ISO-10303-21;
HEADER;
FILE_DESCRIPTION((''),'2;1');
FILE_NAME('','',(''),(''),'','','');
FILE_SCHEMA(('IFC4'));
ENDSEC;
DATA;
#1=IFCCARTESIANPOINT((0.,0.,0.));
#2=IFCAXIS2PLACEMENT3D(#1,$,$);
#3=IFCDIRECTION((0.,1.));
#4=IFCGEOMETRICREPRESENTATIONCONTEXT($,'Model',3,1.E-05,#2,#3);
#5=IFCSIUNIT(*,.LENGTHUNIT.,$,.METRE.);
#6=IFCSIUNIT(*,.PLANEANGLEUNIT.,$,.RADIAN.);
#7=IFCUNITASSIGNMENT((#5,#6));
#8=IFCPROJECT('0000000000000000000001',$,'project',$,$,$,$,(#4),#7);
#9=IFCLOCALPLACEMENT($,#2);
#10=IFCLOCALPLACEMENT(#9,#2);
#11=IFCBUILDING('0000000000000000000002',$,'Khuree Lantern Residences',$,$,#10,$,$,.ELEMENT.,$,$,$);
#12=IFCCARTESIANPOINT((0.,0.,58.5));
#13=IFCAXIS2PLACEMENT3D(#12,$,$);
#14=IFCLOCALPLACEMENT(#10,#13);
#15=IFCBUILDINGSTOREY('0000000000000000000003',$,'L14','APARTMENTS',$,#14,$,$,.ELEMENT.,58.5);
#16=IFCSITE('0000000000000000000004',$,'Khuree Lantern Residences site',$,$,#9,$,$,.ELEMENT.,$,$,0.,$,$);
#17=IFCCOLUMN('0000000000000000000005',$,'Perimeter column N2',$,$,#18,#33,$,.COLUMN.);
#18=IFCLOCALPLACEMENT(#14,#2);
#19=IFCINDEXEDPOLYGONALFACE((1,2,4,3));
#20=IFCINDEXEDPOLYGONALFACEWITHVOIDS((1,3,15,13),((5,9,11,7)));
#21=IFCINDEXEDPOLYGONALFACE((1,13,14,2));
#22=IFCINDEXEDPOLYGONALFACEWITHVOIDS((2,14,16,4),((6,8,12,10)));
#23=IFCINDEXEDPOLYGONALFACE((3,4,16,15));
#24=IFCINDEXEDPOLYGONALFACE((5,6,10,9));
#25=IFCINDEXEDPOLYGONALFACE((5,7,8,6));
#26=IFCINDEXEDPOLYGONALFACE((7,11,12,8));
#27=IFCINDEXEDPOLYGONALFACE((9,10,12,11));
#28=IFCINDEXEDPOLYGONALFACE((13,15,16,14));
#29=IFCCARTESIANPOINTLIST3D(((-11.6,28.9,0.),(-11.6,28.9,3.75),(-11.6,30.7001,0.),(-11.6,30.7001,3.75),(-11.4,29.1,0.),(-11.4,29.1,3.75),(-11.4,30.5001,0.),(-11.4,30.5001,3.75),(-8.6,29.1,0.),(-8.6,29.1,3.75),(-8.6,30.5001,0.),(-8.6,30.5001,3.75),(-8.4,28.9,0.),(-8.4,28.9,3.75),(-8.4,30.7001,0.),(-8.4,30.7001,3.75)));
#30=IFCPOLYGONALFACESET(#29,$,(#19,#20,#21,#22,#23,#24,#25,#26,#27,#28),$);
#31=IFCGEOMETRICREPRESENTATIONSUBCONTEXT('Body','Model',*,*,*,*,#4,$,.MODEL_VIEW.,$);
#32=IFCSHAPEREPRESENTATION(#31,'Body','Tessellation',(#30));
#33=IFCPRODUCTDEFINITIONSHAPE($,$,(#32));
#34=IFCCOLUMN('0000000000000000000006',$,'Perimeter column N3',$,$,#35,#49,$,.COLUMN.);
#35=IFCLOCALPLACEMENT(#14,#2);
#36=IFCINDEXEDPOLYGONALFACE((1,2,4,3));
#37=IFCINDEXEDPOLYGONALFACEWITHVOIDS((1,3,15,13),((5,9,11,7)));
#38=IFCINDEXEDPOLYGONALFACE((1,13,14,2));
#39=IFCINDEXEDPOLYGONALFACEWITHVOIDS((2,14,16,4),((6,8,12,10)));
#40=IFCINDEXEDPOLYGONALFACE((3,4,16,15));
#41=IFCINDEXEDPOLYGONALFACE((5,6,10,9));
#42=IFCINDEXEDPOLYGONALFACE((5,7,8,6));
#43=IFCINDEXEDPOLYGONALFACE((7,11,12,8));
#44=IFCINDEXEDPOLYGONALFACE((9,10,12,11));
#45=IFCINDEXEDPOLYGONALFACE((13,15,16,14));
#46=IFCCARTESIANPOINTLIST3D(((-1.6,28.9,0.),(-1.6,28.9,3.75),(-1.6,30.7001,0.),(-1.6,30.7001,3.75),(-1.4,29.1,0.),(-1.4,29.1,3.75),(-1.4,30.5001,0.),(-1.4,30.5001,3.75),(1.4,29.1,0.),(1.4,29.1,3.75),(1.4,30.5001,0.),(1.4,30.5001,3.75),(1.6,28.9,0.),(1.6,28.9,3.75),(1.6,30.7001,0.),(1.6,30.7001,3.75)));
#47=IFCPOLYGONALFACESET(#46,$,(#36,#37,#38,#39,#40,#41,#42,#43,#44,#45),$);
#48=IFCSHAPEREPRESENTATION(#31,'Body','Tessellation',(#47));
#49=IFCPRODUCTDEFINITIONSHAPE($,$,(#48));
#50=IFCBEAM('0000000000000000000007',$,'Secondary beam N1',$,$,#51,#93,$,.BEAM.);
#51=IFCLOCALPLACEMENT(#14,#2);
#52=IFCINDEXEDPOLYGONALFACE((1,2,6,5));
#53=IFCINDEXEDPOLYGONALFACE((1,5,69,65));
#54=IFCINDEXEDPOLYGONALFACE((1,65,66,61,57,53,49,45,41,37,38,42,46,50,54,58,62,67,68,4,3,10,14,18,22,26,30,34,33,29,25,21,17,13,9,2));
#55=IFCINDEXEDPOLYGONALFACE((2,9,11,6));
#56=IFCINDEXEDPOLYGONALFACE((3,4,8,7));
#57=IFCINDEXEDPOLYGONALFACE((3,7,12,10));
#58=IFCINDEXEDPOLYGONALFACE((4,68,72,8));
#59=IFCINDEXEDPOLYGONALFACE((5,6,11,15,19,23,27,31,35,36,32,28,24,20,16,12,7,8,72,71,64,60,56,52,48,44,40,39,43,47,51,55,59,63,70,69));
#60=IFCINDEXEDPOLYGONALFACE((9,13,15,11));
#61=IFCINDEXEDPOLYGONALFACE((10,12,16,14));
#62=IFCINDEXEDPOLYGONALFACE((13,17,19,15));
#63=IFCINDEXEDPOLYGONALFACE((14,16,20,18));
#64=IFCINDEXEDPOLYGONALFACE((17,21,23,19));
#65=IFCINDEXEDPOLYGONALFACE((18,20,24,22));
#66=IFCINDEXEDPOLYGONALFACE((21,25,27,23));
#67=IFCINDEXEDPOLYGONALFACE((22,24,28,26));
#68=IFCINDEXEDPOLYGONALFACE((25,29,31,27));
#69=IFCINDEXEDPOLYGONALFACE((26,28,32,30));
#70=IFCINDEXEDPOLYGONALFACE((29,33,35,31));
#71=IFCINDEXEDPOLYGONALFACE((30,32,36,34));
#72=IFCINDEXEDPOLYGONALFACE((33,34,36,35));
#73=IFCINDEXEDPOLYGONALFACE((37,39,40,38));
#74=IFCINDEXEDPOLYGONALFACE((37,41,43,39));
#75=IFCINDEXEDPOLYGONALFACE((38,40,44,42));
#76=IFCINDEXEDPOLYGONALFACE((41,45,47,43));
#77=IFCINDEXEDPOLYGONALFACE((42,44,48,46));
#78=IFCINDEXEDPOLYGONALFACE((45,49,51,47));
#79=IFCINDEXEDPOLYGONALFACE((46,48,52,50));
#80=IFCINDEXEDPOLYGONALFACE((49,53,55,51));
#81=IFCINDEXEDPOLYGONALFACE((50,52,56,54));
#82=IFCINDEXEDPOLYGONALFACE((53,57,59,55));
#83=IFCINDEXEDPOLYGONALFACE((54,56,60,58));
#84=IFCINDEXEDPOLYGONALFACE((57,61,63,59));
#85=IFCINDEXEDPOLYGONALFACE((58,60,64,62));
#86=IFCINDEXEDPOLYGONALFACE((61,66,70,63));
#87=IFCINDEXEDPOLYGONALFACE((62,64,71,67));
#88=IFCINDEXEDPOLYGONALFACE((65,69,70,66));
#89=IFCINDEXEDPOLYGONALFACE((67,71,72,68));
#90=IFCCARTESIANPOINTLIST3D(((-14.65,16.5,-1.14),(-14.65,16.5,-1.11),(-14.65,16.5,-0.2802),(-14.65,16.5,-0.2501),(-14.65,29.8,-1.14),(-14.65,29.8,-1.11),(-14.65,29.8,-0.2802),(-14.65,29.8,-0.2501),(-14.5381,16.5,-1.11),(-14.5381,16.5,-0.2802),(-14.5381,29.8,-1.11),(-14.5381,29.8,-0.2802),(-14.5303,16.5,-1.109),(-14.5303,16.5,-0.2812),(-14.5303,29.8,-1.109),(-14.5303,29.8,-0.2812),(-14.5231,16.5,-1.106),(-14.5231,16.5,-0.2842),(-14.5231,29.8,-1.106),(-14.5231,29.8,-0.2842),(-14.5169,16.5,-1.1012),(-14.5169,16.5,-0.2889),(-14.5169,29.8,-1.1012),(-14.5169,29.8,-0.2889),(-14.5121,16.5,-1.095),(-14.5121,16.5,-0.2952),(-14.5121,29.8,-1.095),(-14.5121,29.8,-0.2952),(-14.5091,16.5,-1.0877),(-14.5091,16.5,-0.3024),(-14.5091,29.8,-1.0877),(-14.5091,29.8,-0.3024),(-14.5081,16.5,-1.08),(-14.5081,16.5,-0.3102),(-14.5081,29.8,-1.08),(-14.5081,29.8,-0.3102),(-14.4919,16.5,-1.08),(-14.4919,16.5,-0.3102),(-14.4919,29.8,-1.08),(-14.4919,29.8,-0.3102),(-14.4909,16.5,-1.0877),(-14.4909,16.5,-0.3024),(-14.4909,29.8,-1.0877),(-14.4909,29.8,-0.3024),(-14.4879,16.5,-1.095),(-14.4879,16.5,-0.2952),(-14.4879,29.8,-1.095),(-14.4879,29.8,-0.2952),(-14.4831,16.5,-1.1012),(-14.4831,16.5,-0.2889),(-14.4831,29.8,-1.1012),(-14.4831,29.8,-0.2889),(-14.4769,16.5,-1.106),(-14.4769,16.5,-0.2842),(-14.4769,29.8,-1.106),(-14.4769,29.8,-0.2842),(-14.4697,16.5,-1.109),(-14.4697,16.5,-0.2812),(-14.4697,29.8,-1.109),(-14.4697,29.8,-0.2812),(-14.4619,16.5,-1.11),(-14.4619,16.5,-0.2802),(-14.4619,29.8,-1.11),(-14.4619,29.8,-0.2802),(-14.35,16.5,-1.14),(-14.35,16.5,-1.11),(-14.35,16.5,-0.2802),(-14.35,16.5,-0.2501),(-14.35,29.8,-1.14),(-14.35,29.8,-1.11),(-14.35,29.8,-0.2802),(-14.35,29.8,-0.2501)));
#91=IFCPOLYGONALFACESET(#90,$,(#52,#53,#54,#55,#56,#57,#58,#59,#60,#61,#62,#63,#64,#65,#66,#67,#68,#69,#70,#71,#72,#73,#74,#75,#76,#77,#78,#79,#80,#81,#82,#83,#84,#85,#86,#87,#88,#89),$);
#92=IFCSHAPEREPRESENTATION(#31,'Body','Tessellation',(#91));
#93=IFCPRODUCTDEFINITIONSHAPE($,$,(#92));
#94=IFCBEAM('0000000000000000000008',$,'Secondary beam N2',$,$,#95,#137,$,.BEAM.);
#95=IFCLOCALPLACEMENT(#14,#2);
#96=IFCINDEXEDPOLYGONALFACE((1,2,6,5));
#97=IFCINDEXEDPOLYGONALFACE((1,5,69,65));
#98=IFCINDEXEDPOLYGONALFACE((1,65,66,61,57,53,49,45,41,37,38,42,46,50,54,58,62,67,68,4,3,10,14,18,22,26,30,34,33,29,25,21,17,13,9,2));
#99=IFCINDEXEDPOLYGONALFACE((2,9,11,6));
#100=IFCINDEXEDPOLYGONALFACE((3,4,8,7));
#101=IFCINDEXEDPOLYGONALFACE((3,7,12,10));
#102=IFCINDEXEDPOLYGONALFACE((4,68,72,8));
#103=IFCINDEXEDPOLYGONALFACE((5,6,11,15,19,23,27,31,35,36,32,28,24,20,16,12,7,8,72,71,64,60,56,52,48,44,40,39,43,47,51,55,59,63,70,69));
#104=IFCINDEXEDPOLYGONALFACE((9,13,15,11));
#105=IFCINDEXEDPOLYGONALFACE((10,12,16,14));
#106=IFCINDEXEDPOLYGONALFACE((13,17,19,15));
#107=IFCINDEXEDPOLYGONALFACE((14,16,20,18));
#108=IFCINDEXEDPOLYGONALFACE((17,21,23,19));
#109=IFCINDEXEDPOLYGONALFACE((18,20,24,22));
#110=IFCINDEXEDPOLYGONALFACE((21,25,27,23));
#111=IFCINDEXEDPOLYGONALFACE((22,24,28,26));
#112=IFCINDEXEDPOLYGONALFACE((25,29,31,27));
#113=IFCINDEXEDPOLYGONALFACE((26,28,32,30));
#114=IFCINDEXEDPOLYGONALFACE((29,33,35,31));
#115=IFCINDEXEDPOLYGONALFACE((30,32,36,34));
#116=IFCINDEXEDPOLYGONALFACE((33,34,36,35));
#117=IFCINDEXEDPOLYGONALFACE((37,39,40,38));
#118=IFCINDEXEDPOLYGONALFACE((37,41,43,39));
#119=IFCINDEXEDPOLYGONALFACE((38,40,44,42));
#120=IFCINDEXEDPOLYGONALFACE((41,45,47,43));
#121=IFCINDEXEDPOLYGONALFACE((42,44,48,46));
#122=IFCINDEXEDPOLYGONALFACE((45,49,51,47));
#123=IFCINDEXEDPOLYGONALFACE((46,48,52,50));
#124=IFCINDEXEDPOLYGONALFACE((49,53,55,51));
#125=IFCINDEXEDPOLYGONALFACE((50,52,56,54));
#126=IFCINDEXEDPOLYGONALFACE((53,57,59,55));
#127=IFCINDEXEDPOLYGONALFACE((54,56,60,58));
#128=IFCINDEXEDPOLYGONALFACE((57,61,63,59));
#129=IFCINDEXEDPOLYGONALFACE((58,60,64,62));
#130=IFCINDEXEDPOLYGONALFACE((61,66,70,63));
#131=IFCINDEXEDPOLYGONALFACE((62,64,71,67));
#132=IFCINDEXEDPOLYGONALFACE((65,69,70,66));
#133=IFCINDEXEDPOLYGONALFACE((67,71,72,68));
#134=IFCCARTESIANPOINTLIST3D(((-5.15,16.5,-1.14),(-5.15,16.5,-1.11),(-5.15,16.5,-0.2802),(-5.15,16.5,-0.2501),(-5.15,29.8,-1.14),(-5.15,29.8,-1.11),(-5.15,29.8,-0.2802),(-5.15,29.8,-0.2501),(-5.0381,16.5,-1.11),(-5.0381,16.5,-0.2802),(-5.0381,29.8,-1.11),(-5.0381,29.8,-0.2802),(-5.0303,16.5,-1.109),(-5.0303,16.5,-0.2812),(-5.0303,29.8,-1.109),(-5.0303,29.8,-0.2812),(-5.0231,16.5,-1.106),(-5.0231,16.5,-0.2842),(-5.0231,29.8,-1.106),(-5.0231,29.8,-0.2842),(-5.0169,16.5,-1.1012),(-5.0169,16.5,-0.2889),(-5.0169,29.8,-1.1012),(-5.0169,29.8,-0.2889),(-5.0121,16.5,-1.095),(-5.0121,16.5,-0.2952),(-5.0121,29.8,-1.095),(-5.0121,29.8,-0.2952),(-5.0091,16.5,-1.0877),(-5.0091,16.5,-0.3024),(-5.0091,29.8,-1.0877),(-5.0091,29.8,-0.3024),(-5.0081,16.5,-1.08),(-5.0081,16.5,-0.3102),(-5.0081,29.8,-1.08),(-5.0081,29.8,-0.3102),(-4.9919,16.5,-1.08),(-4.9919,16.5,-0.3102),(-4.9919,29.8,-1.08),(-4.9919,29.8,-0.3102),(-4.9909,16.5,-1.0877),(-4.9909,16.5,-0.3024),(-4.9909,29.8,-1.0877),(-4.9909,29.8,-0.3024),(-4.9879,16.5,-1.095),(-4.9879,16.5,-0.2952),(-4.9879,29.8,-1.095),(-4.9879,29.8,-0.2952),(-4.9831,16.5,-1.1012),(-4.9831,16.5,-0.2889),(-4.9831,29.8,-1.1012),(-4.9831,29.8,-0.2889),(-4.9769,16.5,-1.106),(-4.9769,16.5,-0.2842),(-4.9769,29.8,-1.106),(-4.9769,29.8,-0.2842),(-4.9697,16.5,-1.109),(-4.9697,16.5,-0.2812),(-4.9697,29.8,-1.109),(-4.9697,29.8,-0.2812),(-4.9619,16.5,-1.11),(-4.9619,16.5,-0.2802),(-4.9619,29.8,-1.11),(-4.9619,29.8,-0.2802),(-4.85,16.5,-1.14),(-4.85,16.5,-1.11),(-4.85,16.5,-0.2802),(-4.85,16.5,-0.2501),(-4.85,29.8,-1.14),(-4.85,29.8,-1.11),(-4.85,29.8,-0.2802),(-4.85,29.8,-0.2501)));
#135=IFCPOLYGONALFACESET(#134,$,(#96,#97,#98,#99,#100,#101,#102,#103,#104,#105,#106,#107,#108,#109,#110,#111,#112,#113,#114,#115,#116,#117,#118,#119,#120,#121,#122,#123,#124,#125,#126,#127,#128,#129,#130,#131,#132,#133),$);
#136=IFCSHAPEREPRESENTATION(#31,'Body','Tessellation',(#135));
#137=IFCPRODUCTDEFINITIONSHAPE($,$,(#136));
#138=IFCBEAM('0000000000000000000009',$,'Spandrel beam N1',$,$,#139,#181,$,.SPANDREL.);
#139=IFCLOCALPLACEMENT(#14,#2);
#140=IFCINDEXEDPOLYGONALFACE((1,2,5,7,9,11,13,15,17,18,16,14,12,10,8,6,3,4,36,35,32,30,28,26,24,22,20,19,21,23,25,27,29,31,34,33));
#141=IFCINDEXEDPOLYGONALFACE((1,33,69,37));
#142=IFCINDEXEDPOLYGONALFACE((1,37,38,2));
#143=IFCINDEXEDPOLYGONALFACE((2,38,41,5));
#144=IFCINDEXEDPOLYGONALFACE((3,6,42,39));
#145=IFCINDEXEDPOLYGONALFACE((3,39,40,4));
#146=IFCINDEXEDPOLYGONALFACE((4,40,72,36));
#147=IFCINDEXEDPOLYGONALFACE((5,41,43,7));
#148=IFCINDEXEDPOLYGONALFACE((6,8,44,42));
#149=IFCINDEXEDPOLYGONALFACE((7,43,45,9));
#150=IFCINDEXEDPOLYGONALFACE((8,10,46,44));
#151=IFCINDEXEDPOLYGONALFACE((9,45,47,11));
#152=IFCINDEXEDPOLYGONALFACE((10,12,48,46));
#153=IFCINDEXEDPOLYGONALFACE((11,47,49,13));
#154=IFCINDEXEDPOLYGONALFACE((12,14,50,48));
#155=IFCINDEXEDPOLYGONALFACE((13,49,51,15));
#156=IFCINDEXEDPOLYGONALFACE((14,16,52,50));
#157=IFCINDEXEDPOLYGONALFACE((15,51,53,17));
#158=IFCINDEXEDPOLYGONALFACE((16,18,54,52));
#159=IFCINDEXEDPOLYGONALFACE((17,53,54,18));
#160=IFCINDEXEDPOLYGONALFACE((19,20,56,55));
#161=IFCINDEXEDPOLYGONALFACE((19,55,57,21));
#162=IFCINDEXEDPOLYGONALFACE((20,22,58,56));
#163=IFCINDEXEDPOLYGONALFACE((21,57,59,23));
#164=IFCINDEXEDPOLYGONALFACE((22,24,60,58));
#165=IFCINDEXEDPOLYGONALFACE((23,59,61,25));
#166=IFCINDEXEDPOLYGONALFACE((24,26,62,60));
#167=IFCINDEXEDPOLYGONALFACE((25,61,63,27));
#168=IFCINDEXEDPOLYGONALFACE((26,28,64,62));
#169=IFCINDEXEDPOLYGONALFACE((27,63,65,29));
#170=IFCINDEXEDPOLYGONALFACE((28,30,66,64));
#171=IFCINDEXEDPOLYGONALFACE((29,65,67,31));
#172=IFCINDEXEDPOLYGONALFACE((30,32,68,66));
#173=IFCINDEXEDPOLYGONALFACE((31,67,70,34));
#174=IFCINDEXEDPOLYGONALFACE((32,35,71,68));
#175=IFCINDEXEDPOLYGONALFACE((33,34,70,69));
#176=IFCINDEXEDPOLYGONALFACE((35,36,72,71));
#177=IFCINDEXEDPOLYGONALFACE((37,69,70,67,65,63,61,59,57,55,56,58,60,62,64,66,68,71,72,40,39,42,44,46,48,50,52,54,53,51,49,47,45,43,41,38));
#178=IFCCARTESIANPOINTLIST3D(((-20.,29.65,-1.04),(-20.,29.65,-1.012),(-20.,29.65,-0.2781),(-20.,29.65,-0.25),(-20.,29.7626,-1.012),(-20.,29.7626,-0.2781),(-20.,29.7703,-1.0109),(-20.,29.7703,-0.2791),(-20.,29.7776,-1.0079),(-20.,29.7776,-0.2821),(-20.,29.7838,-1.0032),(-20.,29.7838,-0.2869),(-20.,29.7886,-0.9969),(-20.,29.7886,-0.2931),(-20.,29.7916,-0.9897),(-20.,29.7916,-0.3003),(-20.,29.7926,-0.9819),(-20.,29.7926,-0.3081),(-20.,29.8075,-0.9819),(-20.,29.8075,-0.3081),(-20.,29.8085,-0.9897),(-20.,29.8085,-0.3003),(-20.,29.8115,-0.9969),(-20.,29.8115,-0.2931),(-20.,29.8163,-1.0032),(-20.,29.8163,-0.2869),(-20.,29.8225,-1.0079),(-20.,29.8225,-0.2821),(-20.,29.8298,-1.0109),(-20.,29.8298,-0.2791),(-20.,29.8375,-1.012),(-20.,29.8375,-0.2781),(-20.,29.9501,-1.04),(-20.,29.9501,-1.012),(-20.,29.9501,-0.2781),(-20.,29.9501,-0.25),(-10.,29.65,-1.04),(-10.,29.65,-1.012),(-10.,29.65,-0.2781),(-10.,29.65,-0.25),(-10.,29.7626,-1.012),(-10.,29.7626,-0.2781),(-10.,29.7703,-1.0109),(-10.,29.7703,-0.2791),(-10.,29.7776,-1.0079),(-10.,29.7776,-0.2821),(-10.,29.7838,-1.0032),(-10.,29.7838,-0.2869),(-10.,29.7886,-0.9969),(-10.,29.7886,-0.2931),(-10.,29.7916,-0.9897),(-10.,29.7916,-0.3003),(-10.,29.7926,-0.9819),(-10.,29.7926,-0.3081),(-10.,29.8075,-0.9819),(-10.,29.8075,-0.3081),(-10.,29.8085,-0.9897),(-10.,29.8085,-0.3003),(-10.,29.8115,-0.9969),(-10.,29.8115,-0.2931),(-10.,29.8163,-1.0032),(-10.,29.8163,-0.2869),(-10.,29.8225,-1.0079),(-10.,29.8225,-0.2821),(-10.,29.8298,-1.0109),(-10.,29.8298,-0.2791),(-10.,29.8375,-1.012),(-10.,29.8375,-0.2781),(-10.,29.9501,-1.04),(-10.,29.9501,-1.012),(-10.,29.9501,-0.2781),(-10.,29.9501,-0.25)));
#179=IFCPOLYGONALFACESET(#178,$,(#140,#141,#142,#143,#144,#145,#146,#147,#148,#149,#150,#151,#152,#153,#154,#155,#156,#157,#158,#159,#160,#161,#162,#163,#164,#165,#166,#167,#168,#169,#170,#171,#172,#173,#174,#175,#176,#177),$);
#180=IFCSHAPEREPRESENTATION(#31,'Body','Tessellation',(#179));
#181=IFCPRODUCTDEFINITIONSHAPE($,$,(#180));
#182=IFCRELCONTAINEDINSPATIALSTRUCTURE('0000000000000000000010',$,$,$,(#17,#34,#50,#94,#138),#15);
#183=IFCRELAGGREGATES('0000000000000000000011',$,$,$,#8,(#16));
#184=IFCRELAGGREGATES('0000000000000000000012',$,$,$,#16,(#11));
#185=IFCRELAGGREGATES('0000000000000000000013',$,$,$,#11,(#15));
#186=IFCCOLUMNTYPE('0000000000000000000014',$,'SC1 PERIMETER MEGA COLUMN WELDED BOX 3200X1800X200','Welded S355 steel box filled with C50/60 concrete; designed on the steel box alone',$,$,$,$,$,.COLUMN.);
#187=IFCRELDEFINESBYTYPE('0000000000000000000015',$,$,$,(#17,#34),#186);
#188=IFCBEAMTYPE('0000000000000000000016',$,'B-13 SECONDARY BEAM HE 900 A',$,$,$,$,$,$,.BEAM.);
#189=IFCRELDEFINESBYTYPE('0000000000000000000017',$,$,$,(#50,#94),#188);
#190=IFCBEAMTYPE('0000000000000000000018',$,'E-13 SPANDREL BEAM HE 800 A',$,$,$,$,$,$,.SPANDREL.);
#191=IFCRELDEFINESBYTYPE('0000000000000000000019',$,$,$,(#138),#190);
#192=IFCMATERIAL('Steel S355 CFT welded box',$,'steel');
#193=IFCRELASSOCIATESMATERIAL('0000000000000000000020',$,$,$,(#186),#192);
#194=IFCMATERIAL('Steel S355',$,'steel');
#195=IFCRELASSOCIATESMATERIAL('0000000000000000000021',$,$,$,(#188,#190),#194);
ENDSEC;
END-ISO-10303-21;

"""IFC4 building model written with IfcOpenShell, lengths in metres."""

from ifc_helpers import new_model, si_unit, direction, frame, origin, origin_2d, place, context, subcontext, project, spatial, hollow_rectangle, i_section, extrude, material, material_profile, profile_set, type_object, element, save


model = new_model("IFC4")

# Units and contexts
model_context = context("Model", 3, precision=1e-05, world=origin(), true_north=direction((0.0, 1.0)))
body_context = subcontext(model_context, "Body", "Model", "MODEL_VIEW")
ifc_project = project(units=[si_unit("LENGTHUNIT", "METRE"), si_unit("PLANEANGLEUNIT", "RADIAN")], contexts=[model_context])

# Site, building, storey
site_placement = place(None, origin())
site = spatial("IfcSite", under=ifc_project, at=site_placement, Name="Khuree Lantern Residences site", CompositionType="ELEMENT", RefElevation=0.0)
building_placement = place(site_placement, origin())
building = spatial("IfcBuilding", under=site, at=building_placement, Name="Khuree Lantern Residences", CompositionType="ELEMENT")
storey_placement = place(building_placement, frame((0.0, 0.0, 58.5)))
storey = spatial("IfcBuildingStorey", under=building, at=storey_placement, Name="L14", Description="APARTMENTS", CompositionType="ELEMENT", Elevation=58.5)

# Columns
ifc_material_1 = material(Name="Steel S355 CFT welded box", Category="steel")
ifc_material_profile_1 = material_profile(ifc_material_1, hollow_rectangle(XDim=3.2, YDim=1.8, WallThickness=0.2, at=origin_2d()), Name="WELDED BOX 3200X1800X200")
ifc_profile_set_1 = profile_set([ifc_material_profile_1], Name="Steel S355 CFT welded box")
column_type = type_object("IfcColumnType", Name="SC1 PERIMETER MEGA COLUMN WELDED BOX 3200X1800X200", Description="Welded S355 steel box filled with C50/60 concrete; designed on the steel box alone", PredefinedType="COLUMN", material=ifc_profile_set_1)
for number, where, z_axis, x_axis, name in (
    (1, (-10.0, 29.8, 0.0), (0.0, 0.0, 1.0), (1.0, 0.0, 0.0), "Perimeter column N2"),
    (2, (0.0, 29.8, 0.0), (0.0, 0.0, 1.0), (1.0, 0.0, 0.0), "Perimeter column N3"),
):
    element("IfcColumn", number, at=place(storey_placement, frame(where, z_axis=z_axis, x_axis=x_axis)), inside=storey, type_object=column_type, Name=name, PredefinedType="COLUMN", context=body_context, shape_type="SweptSolid", body=[
        extrude(hollow_rectangle(XDim=3.2, YDim=1.8, WallThickness=0.2, at=origin_2d()), origin(), (0.0, 0.0, 1.0), 3.75),
    ])

# Beams
ifc_material_2 = material(Name="Steel S355", Category="steel")
ifc_material_profile_2 = material_profile(ifc_material_2, i_section(OverallWidth=0.3, OverallDepth=0.8899, WebThickness=0.0161, FlangeThickness=0.03, FilletRadius=0.03, at=origin_2d()), Name="HE 900 A")
ifc_profile_set_2 = profile_set([ifc_material_profile_2], Name="Steel S355")
beam_type_1 = type_object("IfcBeamType", Name="B-13 SECONDARY BEAM HE 900 A", PredefinedType="BEAM", material=ifc_profile_set_2)
for number, where, z_axis, x_axis, name in (
    (3, (-14.5, 29.8, -0.6951), (0.0, -1.0, 0.0), (1.0, 0.0, 0.0), "Secondary beam N1"),
    (4, (-5.0, 29.8, -0.6951), (0.0, -1.0, 0.0), (1.0, 0.0, 0.0), "Secondary beam N2"),
):
    element("IfcBeam", number, at=place(storey_placement, frame(where, z_axis=z_axis, x_axis=x_axis)), inside=storey, type_object=beam_type_1, Name=name, PredefinedType="BEAM", context=body_context, shape_type="SweptSolid", body=[
        extrude(i_section(OverallWidth=0.3, OverallDepth=0.8899, WebThickness=0.0161, FlangeThickness=0.03, FilletRadius=0.03, at=origin_2d()), origin(), (0.0, 0.0, 1.0), 13.3),
    ])
ifc_material_profile_3 = material_profile(ifc_material_2, i_section(OverallWidth=0.3, OverallDepth=0.79, WebThickness=0.0149, FlangeThickness=0.0281, FilletRadius=0.03, at=origin_2d()), Name="HE 800 A")
ifc_profile_set_3 = profile_set([ifc_material_profile_3], Name="Steel S355")
beam_type_2 = type_object("IfcBeamType", Name="E-13 SPANDREL BEAM HE 800 A", PredefinedType="SPANDREL", material=ifc_profile_set_3)
for number, where, z_axis, x_axis, name in (
    (5, (-20.0, 29.8, -0.645), (1.0, 0.0, 0.0), (0.0, 1.0, 0.0), "Spandrel beam N1"),
):
    element("IfcBeam", number, at=place(storey_placement, frame(where, z_axis=z_axis, x_axis=x_axis)), inside=storey, type_object=beam_type_2, Name=name, PredefinedType="SPANDREL", context=body_context, shape_type="SweptSolid", body=[
        extrude(i_section(OverallWidth=0.3, OverallDepth=0.79, WebThickness=0.0149, FlangeThickness=0.0281, FilletRadius=0.03, at=origin_2d()), origin(), (0.0, 0.0, 1.0), 10.0),
    ])

save(model, "model.ifc")
